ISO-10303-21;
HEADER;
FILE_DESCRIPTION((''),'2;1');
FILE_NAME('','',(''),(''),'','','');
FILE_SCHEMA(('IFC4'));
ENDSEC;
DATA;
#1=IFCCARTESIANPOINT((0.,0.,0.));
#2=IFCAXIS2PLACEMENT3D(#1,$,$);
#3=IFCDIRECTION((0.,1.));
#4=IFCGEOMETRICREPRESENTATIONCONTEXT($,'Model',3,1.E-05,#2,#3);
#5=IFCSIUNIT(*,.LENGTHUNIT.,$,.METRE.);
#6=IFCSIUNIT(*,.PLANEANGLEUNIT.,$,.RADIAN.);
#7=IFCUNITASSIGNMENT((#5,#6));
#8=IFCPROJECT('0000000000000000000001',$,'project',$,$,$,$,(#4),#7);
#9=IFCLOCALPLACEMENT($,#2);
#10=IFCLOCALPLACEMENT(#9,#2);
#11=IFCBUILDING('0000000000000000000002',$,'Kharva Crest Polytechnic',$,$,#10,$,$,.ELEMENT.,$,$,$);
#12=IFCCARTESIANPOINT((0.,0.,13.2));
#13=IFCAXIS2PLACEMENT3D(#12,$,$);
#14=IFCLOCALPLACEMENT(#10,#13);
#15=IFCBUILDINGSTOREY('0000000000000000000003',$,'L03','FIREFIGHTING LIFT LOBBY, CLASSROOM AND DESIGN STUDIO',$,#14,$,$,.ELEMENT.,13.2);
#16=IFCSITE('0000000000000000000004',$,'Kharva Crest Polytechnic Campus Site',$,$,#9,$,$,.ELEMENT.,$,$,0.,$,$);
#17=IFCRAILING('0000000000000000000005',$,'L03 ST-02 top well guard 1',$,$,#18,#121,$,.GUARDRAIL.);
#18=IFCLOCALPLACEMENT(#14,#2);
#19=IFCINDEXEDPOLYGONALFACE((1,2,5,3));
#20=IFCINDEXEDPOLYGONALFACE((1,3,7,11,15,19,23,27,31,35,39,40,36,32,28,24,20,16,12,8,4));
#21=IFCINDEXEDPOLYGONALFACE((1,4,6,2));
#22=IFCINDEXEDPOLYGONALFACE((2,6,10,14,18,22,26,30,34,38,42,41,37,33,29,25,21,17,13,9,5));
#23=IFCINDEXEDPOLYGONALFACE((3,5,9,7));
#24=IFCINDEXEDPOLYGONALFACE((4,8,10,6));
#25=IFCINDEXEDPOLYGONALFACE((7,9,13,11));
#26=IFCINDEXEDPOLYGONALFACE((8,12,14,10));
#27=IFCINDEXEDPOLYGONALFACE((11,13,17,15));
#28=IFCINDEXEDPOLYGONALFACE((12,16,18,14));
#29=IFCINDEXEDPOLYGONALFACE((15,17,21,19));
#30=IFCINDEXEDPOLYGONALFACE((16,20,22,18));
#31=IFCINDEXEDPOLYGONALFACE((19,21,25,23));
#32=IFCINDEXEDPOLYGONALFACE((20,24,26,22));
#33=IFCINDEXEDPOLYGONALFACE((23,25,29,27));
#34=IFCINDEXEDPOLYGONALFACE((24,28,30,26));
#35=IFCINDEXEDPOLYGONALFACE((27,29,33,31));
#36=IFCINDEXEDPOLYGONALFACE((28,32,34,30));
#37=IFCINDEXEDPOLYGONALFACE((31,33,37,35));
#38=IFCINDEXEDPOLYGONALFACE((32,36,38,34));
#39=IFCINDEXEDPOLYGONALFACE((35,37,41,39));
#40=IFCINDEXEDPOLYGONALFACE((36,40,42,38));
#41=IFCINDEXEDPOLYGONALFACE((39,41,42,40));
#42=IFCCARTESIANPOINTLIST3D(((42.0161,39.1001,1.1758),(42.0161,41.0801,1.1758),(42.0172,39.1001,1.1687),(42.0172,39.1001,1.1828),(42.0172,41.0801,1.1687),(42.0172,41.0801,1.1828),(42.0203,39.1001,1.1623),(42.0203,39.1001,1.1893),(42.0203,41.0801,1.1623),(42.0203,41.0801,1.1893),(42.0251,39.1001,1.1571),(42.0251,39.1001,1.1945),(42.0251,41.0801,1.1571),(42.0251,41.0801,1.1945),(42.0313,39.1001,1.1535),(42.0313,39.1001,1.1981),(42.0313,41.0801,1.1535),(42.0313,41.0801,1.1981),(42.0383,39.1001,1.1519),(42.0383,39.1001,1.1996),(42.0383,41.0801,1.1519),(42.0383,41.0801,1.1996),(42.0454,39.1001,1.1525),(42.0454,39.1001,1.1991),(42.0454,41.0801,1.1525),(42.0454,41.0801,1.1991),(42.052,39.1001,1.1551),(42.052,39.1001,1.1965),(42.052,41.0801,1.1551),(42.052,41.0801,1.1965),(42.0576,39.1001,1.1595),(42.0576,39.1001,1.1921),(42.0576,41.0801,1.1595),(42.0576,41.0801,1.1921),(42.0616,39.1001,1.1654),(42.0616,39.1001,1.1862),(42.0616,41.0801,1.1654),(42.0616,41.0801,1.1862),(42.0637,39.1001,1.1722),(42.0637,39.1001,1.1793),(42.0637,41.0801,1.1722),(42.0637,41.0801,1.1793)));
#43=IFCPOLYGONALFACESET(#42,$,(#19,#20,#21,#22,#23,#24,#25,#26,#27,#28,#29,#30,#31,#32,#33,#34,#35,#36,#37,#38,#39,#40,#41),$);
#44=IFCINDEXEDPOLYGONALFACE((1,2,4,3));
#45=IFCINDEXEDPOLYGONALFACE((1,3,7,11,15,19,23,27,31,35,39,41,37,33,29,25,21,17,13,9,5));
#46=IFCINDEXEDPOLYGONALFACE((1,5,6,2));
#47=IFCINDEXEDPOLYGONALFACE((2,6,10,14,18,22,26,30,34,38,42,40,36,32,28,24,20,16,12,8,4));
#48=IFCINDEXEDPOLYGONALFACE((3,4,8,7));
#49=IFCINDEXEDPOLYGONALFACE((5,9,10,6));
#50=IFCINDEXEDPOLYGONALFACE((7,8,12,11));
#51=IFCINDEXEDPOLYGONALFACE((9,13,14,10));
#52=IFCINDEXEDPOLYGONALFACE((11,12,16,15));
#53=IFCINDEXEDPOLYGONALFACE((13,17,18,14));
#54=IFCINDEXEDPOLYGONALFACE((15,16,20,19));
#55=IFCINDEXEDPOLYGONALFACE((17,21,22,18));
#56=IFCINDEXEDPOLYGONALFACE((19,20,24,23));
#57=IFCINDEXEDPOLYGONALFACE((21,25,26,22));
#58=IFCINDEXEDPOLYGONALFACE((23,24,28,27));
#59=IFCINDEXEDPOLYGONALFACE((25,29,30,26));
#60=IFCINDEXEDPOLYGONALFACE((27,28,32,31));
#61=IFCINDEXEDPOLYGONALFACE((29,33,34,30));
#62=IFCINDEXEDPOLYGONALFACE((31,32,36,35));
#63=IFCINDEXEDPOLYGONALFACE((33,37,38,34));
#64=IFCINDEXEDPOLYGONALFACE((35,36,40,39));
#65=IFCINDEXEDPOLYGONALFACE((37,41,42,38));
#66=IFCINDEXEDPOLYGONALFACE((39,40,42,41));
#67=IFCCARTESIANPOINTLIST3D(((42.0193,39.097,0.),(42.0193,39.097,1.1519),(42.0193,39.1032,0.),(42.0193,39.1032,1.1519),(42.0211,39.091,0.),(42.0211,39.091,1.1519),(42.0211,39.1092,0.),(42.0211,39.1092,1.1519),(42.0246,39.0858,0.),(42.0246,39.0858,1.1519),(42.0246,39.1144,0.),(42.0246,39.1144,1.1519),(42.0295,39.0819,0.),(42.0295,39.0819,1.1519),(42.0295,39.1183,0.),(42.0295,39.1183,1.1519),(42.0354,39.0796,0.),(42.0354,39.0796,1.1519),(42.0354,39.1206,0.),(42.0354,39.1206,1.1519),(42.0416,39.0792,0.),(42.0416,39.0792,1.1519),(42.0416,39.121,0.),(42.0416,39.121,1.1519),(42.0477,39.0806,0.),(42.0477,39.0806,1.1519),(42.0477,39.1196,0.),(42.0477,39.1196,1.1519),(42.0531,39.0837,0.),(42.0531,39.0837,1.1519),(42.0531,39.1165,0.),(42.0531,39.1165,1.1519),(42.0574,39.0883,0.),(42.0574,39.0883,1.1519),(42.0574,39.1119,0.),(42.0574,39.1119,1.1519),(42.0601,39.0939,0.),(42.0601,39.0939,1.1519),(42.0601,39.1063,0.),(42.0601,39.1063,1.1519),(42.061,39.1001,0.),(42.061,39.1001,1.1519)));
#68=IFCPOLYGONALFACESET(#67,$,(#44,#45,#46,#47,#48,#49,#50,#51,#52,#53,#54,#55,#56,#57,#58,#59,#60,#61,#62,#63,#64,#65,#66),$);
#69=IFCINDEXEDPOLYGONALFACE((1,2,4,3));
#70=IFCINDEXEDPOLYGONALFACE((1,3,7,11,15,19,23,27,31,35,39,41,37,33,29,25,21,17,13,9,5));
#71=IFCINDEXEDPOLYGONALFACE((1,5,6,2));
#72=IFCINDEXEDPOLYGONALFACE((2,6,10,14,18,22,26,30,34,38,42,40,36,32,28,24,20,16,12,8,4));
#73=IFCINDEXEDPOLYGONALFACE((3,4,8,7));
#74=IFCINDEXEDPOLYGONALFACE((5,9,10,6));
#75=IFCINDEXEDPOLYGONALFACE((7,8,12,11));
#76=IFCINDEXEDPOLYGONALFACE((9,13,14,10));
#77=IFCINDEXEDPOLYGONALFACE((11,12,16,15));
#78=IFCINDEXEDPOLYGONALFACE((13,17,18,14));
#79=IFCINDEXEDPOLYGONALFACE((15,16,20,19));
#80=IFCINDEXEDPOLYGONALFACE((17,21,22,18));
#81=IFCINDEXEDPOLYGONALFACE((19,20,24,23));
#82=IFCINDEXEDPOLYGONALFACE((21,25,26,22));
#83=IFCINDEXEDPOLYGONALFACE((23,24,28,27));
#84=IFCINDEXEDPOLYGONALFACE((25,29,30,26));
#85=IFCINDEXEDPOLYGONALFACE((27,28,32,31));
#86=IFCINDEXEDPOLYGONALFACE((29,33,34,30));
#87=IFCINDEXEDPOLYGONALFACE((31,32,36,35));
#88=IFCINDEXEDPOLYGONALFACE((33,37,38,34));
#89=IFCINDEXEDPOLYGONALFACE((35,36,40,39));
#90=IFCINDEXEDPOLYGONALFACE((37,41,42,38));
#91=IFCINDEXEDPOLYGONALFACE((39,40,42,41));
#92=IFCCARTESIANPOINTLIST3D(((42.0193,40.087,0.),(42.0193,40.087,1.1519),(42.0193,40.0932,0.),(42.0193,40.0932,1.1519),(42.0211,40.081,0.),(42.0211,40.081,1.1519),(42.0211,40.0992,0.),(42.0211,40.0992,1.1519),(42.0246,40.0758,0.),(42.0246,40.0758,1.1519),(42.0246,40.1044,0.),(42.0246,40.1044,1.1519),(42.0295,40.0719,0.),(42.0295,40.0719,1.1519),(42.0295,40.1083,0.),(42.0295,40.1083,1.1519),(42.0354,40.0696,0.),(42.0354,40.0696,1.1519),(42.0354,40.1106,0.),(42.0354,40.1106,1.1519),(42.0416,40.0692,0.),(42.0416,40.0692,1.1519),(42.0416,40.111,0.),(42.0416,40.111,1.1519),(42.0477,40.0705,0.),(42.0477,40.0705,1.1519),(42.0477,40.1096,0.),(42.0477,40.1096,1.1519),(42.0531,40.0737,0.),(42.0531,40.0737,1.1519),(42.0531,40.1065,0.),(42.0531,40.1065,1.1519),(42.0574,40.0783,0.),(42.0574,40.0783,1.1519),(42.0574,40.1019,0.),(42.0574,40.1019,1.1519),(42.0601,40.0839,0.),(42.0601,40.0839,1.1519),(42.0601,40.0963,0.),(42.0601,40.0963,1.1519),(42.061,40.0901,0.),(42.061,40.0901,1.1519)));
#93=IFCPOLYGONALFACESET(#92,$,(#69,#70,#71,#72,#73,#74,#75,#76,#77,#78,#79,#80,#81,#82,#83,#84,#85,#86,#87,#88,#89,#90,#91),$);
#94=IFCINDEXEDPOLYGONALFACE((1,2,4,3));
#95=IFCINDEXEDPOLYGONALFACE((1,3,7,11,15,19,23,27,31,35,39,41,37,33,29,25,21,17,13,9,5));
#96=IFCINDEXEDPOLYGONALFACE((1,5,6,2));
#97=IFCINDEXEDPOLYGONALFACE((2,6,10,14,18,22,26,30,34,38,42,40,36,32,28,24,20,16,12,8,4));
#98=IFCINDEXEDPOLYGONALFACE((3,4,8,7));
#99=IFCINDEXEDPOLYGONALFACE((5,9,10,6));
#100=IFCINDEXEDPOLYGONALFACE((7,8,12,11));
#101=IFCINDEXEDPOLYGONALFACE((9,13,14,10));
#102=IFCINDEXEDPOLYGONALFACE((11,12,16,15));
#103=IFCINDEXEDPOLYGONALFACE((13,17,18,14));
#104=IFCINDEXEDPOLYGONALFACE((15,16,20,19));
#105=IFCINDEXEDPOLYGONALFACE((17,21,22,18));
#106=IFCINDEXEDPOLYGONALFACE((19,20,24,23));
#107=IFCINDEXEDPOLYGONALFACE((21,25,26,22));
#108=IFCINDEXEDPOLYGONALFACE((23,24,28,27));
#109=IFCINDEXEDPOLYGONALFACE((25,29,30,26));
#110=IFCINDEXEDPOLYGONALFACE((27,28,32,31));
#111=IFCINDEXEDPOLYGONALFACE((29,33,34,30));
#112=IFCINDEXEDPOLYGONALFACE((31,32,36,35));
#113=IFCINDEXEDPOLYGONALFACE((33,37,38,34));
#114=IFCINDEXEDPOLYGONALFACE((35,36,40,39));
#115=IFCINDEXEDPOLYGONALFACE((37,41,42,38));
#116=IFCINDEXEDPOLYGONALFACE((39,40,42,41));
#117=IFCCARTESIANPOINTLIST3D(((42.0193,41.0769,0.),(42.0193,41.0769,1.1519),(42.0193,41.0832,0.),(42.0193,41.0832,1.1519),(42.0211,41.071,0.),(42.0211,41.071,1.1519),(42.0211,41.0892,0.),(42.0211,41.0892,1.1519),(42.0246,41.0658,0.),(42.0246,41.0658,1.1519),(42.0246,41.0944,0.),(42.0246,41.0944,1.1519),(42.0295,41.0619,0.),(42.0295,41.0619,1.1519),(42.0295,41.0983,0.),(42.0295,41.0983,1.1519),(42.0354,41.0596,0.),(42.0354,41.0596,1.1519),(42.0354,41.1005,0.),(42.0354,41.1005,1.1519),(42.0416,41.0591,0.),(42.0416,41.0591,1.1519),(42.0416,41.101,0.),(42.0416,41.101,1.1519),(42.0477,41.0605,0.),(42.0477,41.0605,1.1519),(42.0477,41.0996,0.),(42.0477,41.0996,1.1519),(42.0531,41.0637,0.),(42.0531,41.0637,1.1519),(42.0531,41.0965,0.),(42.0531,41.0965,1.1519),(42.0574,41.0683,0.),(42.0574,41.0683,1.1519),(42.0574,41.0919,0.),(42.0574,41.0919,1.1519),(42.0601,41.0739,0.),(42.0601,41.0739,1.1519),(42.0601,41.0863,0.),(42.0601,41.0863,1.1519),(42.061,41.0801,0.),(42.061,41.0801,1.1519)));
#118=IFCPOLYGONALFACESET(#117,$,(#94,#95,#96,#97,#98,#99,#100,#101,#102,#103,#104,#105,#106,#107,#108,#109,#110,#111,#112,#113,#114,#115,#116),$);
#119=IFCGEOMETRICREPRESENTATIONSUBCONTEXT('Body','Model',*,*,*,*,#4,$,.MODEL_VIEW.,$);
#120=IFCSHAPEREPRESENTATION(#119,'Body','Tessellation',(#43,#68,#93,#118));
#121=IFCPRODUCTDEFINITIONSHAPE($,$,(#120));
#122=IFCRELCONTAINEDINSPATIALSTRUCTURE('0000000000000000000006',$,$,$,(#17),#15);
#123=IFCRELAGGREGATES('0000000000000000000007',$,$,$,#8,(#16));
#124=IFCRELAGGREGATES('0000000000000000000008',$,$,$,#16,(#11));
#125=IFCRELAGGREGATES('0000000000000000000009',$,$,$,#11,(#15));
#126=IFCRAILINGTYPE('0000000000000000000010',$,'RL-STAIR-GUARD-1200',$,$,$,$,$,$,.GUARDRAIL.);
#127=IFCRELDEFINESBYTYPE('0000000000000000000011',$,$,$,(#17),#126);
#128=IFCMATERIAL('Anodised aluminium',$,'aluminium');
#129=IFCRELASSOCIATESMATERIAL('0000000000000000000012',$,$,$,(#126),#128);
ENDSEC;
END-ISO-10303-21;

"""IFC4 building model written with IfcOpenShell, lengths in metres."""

from ifc_helpers import new_model, si_unit, direction, frame, origin, origin_2d, place, context, subcontext, project, spatial, circle, extrude, material, type_object, element, save


model = new_model("IFC4")

# Units and contexts
model_context = context("Model", 3, precision=1e-05, world=origin(), true_north=direction((0.0, 1.0)))
body_context = subcontext(model_context, "Body", "Model", "MODEL_VIEW")
ifc_project = project(units=[si_unit("LENGTHUNIT", "METRE"), si_unit("PLANEANGLEUNIT", "RADIAN")], contexts=[model_context])

# Site, building, storey
site_placement = place(None, origin())
site = spatial("IfcSite", under=ifc_project, at=site_placement, Name="Kharva Crest Polytechnic Campus Site", CompositionType="ELEMENT", RefElevation=0.0)
building_placement = place(site_placement, origin())
building = spatial("IfcBuilding", under=site, at=building_placement, Name="Kharva Crest Polytechnic", CompositionType="ELEMENT")
storey_placement = place(building_placement, frame((0.0, 0.0, 13.2)))
storey = spatial("IfcBuildingStorey", under=building, at=storey_placement, Name="L03", Description="FIREFIGHTING LIFT LOBBY, CLASSROOM AND DESIGN STUDIO", CompositionType="ELEMENT", Elevation=13.2)

# Shared definitions
ifc_material_1 = material(Name="Anodised aluminium", Category="aluminium")

# Railing
railing_type = type_object("IfcRailingType", Name="RL-STAIR-GUARD-1200", PredefinedType="GUARDRAIL", material=ifc_material_1)
railing_placement = place(storey_placement, frame((42.04, 39.1001, 0.0)))
element("IfcRailing", 1, at=railing_placement, inside=storey, type_object=railing_type, Name="L03 ST-02 top well guard 1", PredefinedType="GUARDRAIL", context=body_context, shape_type="SweptSolid", body=[
    extrude(circle(Radius=0.0239, at=origin_2d()), frame((0.0, 0.0, 1.1758), z_axis=(0.0, 1.0, 0.0), x_axis=(-1.0, 0.0, 0.0)), (0.0, 0.0, 1.0), 1.98),
    extrude(circle(Radius=0.021, at=origin_2d()), origin(), (0.0, 0.0, 1.0), 1.1519),
    extrude(circle(Radius=0.021, at=origin_2d()), frame((0.0, 0.99, 0.0)), (0.0, 0.0, 1.0), 1.1519),
    extrude(circle(Radius=0.021, at=origin_2d()), frame((0.0, 1.98, 0.0)), (0.0, 0.0, 1.0), 1.1519),
])

save(model, "model.ifc")
